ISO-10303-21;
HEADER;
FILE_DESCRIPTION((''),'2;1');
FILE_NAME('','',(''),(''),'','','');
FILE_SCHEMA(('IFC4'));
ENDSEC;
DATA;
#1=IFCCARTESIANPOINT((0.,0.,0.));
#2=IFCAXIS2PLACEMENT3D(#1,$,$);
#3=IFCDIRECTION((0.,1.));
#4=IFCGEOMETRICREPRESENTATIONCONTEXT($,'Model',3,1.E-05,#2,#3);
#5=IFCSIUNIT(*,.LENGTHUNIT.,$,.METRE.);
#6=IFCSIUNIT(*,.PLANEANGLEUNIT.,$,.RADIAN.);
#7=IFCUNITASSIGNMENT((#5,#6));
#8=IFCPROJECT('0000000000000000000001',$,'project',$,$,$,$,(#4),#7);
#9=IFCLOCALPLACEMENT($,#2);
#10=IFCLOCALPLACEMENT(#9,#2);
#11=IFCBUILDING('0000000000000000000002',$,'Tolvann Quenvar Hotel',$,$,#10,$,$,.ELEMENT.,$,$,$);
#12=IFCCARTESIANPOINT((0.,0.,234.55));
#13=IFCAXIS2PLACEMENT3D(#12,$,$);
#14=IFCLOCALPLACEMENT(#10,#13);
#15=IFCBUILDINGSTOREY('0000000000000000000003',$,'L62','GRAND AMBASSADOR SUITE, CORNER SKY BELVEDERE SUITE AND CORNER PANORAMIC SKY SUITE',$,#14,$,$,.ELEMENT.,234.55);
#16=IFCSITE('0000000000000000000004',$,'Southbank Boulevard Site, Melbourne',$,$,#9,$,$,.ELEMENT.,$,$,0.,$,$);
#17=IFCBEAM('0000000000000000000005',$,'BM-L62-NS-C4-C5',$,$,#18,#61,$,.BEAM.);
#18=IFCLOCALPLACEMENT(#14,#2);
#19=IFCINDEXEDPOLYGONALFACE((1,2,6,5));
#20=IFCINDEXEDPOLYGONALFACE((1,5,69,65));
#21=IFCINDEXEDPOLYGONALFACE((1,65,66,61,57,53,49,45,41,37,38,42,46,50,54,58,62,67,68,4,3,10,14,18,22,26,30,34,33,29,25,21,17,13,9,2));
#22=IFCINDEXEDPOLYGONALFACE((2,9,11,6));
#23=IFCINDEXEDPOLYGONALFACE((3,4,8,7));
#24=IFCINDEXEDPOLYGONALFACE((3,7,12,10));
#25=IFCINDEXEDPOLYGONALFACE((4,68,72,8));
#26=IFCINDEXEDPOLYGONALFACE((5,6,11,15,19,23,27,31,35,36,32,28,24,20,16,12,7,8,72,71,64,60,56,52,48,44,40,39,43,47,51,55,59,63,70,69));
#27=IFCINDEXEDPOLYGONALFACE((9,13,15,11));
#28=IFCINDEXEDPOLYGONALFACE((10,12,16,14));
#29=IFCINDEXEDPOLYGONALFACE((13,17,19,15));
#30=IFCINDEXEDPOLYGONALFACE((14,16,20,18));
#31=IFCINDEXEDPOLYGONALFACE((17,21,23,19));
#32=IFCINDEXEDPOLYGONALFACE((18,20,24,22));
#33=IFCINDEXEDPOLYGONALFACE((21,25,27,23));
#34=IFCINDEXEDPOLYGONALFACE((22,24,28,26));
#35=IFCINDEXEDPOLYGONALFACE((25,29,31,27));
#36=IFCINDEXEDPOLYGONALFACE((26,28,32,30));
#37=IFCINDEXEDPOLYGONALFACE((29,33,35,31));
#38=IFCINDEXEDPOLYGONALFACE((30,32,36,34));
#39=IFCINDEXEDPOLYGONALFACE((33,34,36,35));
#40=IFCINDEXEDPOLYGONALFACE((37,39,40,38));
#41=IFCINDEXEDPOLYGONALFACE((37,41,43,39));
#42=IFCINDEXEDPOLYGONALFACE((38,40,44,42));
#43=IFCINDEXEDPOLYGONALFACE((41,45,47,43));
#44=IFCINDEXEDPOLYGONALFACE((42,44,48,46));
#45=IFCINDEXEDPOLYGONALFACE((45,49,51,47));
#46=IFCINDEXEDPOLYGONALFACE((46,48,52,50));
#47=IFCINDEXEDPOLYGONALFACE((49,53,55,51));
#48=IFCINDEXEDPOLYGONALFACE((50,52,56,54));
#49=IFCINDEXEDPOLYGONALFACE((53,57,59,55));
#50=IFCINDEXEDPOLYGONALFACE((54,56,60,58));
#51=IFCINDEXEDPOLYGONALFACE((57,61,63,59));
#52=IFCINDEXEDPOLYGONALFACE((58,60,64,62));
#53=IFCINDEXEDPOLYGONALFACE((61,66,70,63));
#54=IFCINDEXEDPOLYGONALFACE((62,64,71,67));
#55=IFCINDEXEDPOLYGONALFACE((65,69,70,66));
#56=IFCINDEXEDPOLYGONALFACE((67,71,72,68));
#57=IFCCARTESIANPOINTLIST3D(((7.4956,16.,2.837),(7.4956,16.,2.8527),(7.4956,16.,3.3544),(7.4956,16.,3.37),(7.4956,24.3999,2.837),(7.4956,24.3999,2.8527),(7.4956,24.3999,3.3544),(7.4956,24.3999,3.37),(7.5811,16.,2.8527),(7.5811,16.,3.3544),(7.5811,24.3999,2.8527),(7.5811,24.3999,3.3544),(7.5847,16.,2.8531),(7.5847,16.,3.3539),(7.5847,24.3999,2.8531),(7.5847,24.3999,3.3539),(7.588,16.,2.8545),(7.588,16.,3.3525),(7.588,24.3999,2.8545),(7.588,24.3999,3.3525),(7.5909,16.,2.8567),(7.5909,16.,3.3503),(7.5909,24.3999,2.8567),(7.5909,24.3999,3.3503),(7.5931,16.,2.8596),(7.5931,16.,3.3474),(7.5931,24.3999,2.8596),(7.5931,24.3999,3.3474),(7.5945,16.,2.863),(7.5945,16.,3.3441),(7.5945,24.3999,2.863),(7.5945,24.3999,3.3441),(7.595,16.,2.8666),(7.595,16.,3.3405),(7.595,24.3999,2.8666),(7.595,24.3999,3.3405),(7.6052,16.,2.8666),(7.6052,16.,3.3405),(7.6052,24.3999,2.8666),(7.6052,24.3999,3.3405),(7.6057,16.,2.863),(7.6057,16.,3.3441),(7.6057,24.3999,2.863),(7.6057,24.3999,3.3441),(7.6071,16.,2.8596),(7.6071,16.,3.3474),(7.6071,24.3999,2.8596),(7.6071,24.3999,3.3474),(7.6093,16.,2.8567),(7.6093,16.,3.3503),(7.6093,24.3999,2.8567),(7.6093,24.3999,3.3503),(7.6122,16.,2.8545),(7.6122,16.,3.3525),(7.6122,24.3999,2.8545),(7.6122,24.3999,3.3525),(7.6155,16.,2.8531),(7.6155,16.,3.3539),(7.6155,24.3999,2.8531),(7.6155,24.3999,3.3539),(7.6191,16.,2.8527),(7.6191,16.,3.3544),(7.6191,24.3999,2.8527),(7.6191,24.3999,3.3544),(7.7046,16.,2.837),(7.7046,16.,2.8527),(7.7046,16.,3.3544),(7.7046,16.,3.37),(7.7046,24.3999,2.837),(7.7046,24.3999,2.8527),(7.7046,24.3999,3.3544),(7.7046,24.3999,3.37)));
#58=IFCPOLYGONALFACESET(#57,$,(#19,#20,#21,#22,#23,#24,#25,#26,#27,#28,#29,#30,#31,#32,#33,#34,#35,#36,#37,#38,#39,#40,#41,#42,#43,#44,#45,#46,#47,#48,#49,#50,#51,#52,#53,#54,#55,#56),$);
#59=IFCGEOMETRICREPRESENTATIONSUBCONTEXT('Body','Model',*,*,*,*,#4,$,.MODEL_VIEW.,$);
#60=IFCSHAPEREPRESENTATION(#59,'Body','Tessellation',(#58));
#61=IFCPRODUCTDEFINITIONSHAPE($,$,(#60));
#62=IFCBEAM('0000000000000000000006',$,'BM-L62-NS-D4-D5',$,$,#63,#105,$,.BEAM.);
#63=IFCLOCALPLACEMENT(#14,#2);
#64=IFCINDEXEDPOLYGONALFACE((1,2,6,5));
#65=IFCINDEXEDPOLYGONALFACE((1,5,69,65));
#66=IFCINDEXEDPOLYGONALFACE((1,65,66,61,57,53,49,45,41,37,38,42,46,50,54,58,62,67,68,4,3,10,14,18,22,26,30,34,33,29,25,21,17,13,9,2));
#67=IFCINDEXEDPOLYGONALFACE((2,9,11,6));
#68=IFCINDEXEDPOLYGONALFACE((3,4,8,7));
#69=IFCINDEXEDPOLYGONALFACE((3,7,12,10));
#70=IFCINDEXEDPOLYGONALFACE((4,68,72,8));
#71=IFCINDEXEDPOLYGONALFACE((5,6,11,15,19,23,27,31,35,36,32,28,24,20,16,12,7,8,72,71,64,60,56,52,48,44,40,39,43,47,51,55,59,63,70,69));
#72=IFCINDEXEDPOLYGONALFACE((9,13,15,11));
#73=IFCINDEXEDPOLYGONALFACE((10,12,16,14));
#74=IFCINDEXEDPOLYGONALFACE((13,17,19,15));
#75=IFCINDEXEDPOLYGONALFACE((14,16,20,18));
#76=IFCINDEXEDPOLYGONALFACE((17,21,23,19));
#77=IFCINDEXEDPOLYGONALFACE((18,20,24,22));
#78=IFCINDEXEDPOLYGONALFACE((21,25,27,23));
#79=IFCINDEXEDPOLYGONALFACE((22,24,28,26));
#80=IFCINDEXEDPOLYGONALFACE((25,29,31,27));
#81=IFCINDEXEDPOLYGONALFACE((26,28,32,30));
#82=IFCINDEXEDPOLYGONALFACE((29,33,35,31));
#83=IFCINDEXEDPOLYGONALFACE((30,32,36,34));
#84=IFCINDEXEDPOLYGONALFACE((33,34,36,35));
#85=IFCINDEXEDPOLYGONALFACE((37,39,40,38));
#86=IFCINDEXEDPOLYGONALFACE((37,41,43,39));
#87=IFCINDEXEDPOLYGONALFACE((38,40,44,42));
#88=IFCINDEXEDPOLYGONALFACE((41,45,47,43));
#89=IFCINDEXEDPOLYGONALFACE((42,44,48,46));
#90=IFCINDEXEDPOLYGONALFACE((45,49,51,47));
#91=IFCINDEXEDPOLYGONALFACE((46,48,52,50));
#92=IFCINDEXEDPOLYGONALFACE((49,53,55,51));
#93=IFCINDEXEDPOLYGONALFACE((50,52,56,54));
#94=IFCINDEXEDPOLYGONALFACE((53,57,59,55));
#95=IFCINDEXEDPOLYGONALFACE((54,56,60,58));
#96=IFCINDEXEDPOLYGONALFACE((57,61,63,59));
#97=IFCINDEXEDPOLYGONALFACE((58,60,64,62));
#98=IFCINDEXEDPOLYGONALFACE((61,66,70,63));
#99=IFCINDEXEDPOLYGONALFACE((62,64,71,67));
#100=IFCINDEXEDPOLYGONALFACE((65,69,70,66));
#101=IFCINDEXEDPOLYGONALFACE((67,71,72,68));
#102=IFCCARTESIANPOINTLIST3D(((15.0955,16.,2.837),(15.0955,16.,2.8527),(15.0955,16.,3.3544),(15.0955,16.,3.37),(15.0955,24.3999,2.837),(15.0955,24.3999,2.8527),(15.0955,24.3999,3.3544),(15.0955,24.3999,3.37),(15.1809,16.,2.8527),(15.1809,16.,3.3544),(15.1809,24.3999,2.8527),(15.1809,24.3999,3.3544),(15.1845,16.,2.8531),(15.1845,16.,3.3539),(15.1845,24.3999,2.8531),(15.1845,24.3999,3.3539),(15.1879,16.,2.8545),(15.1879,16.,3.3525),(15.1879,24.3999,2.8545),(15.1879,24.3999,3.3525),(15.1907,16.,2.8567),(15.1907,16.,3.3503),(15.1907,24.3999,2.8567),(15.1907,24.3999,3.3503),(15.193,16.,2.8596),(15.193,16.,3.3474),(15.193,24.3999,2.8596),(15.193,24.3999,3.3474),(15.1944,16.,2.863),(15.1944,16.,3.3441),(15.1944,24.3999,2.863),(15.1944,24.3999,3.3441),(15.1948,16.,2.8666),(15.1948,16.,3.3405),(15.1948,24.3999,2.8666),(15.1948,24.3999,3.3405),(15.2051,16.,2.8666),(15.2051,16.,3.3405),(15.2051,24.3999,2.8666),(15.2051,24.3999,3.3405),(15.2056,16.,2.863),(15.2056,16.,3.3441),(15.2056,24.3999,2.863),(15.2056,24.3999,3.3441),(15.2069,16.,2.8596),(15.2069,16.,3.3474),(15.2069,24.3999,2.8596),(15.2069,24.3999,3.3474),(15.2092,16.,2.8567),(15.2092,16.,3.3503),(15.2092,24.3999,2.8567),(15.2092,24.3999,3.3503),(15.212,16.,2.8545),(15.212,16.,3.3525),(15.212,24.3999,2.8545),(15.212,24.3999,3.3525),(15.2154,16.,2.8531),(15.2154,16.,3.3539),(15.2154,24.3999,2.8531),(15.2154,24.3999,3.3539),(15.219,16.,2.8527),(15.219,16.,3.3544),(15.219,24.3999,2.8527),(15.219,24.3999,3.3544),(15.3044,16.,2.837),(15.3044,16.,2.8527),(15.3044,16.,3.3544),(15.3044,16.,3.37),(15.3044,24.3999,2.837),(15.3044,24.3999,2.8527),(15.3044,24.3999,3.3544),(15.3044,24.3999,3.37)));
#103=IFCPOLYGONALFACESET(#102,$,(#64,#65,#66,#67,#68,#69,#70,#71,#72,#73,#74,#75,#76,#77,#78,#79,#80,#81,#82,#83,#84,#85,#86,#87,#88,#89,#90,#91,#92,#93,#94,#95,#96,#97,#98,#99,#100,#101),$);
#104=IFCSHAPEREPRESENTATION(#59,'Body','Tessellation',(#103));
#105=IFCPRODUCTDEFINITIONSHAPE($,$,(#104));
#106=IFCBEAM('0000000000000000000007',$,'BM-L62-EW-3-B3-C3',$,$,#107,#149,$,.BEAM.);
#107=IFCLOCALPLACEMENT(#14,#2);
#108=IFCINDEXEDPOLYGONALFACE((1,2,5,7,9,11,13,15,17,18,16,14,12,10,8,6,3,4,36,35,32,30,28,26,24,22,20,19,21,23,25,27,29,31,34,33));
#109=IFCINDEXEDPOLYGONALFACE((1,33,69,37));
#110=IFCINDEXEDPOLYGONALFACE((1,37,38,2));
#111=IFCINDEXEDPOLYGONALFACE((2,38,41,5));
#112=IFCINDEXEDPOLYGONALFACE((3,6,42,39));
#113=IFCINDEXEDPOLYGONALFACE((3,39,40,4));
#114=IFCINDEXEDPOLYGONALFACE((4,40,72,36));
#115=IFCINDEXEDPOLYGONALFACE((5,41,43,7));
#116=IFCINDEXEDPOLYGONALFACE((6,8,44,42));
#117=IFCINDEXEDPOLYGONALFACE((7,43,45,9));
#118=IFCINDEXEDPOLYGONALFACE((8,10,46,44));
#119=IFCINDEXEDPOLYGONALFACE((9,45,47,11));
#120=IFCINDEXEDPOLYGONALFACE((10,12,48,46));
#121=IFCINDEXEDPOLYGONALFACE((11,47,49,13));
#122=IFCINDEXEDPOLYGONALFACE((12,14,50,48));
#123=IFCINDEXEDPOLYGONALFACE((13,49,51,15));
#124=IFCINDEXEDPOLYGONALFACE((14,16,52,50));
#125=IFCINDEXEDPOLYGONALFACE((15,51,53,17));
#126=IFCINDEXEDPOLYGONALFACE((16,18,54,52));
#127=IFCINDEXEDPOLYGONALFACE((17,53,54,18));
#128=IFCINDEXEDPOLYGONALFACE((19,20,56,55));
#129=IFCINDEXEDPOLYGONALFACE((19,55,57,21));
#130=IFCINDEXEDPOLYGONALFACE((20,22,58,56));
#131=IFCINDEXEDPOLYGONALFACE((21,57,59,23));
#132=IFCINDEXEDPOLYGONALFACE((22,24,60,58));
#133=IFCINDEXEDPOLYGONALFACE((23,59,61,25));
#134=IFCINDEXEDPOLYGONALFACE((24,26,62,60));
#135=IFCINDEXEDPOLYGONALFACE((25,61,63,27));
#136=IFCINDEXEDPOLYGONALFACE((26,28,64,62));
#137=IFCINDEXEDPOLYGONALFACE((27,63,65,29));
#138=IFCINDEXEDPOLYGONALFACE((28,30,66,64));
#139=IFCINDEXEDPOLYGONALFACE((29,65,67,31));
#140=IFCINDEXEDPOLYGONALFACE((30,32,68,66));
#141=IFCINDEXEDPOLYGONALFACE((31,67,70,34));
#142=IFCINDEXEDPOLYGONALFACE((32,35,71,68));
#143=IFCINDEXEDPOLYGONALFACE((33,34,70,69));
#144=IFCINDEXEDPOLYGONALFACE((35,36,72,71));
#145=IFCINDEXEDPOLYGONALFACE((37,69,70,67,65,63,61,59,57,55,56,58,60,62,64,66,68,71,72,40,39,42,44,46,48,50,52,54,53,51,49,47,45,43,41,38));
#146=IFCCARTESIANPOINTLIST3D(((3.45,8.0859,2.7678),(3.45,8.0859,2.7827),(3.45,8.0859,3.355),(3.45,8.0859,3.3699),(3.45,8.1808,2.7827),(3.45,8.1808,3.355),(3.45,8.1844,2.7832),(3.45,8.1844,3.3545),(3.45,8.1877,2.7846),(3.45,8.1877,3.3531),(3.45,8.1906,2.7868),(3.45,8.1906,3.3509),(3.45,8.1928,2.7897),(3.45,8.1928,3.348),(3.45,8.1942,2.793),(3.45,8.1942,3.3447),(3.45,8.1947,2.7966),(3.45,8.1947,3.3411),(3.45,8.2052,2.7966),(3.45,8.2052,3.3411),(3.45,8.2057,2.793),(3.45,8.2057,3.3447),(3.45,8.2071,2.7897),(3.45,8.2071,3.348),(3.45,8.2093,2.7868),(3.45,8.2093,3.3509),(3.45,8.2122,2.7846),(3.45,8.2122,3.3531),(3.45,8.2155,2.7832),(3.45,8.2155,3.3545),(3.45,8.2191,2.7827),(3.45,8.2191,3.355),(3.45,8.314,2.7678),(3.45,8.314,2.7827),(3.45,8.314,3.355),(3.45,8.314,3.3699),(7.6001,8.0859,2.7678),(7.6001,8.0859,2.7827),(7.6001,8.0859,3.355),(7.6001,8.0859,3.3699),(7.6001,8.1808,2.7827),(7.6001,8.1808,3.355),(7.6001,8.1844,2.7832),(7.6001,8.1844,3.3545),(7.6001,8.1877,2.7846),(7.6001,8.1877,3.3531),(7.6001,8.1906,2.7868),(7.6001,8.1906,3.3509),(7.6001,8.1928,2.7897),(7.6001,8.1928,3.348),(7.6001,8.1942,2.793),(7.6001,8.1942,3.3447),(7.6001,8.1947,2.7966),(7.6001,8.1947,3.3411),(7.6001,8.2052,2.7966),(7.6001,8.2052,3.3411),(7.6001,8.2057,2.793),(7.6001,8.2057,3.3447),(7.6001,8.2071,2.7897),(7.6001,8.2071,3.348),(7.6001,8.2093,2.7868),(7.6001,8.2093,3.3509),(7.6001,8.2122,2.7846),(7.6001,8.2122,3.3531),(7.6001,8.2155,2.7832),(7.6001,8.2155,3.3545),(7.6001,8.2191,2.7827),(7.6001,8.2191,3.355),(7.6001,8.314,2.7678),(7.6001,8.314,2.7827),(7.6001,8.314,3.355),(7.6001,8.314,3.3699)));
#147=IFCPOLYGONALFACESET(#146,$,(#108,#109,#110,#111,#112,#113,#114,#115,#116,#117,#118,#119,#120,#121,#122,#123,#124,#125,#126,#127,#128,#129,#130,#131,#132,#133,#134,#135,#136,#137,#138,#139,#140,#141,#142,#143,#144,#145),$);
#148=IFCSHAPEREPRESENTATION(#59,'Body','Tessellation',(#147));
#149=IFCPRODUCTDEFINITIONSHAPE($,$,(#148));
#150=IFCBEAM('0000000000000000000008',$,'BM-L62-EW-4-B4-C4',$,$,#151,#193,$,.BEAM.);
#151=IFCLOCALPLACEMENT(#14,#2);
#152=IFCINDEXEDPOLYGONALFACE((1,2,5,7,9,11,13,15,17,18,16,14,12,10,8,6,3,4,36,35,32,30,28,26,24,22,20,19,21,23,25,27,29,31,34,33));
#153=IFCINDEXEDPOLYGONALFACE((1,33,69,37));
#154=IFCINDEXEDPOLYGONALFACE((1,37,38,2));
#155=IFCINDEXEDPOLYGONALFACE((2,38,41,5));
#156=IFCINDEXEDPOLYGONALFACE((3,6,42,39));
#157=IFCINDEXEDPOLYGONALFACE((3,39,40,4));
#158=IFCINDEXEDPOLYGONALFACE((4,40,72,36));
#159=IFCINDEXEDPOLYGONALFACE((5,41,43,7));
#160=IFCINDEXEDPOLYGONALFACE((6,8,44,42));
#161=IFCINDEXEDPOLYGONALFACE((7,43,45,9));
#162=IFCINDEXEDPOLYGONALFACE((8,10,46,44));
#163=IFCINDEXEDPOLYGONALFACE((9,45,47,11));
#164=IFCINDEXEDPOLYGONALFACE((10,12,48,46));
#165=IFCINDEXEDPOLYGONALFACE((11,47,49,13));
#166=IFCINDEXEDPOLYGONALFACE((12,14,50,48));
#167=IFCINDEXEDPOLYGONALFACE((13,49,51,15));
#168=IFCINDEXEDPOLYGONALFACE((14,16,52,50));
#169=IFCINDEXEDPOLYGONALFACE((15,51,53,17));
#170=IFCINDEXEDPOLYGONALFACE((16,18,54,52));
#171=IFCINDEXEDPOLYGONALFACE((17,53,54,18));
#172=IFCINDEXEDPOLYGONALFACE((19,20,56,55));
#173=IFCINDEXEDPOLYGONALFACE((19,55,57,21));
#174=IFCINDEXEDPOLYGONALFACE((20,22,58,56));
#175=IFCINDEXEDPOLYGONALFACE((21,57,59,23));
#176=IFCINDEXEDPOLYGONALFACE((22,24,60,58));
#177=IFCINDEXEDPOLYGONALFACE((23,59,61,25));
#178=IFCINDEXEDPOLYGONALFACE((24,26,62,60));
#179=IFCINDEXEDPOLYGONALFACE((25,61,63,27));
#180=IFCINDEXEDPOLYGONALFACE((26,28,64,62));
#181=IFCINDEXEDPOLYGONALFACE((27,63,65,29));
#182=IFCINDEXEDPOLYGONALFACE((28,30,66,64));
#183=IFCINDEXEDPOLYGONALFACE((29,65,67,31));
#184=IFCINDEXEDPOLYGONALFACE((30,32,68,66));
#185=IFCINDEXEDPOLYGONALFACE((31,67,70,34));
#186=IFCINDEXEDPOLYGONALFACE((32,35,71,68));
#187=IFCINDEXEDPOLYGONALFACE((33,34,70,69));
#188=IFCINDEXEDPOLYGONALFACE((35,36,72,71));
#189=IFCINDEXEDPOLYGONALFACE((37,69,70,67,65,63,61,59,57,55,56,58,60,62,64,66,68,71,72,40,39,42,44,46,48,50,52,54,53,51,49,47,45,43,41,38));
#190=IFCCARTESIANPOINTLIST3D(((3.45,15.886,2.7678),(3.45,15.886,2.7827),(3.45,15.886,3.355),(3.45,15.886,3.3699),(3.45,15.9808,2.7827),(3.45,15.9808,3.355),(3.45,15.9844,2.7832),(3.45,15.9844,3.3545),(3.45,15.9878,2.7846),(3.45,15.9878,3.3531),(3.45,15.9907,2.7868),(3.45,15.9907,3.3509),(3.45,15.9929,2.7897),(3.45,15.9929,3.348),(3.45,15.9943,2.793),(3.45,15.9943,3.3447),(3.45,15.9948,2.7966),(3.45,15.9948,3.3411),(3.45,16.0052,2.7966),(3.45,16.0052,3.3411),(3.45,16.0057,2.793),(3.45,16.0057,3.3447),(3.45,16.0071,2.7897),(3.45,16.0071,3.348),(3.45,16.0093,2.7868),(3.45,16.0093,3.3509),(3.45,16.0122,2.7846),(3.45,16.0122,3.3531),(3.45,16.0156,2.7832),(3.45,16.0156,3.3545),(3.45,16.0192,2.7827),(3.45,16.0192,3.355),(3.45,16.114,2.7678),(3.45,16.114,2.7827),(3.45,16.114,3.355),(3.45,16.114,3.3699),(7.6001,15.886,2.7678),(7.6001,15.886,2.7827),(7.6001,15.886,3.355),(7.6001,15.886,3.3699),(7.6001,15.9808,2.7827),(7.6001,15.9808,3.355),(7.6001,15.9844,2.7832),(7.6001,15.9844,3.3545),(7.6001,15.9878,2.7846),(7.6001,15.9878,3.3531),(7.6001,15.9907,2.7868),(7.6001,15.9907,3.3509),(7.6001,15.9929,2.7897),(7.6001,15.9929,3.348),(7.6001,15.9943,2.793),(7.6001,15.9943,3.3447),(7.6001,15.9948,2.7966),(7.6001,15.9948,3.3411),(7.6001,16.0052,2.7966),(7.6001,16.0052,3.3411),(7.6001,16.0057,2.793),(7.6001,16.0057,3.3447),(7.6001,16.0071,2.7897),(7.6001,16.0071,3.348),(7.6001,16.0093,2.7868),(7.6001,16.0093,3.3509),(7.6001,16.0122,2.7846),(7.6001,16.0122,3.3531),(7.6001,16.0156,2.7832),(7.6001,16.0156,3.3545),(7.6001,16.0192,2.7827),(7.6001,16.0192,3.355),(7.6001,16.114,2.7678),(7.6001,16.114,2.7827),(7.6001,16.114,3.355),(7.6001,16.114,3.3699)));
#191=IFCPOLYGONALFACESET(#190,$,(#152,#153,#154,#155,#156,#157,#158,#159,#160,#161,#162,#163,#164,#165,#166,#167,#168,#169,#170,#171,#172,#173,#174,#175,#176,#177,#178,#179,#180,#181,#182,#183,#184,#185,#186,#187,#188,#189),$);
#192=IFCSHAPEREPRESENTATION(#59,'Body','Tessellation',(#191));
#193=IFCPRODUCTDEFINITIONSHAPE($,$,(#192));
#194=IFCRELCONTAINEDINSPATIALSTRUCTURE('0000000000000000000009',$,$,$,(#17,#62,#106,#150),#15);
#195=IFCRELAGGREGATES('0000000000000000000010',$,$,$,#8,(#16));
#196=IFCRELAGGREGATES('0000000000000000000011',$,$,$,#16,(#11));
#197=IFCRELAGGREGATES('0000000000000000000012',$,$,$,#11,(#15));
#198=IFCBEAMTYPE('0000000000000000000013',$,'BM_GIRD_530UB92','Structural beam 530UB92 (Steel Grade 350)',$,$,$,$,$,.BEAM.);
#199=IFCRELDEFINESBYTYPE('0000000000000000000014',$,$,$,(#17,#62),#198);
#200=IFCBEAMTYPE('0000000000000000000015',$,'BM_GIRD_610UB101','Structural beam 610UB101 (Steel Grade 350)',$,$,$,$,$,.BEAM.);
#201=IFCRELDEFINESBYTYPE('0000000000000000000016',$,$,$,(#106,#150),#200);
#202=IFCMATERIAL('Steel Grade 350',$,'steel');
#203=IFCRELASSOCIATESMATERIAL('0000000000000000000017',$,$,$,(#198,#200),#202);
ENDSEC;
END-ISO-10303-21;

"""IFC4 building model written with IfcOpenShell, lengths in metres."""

from ifc_helpers import new_model, si_unit, direction, frame, origin, origin_2d, place, context, subcontext, project, spatial, i_section, extrude, source, transform, mapped, material, material_profile, profile_set, type_object, element, save


model = new_model("IFC4")

# Units and contexts
model_context = context("Model", 3, precision=1e-05, world=origin(), true_north=direction((0.0, 1.0)))
body_context = subcontext(model_context, "Body", "Model", "MODEL_VIEW")
ifc_project = project(units=[si_unit("LENGTHUNIT", "METRE"), si_unit("PLANEANGLEUNIT", "RADIAN")], contexts=[model_context])

# Site, building, storey
site_placement = place(None, origin())
site = spatial("IfcSite", under=ifc_project, at=site_placement, Name="Southbank Boulevard Site, Melbourne", CompositionType="ELEMENT", RefElevation=0.0)
building_placement = place(site_placement, origin())
building = spatial("IfcBuilding", under=site, at=building_placement, Name="Tolvann Quenvar Hotel", CompositionType="ELEMENT")
storey_placement = place(building_placement, frame((0.0, 0.0, 234.55)))
storey = spatial("IfcBuildingStorey", under=building, at=storey_placement, Name="L62", Description="GRAND AMBASSADOR SUITE, CORNER SKY BELVEDERE SUITE AND CORNER PANORAMIC SKY SUITE", CompositionType="ELEMENT", Elevation=234.55)

# Shared definitions
ifc_material_1 = material(Name="Steel Grade 350", Category="steel")

# Beams
ifc_material_profile_1 = material_profile(ifc_material_1, i_section(OverallWidth=0.209, OverallDepth=0.533, WebThickness=0.0103, FlangeThickness=0.0156, FilletRadius=0.0139, at=origin_2d()), Name="530UB92")
ifc_profile_set_1 = profile_set([ifc_material_profile_1], Name="Steel Grade 350")
beam_type_1 = type_object("IfcBeamType", Name="BM_GIRD_530UB92", Description="Structural beam 530UB92 (Steel Grade 350)", PredefinedType="BEAM", material=ifc_profile_set_1)
shared_shape_1 = source(origin(), body_context, "Body", "SweptSolid", [
    extrude(i_section(OverallWidth=0.209, OverallDepth=0.533, WebThickness=0.0103, FlangeThickness=0.0156, FilletRadius=0.0139, at=origin_2d()), origin(), (0.0, 0.0, 1.0), 8.3999),
])
for number, where, z_axis, x_axis, name in (
    (1, (7.6001, 16.0, 3.1035), (0.0, 1.0, 0.0), (-1.0, 0.0, 0.0), "BM-L62-NS-C4-C5"),
    (2, (15.2, 16.0, 3.1035), (0.0, 1.0, 0.0), (-1.0, 0.0, 0.0), "BM-L62-NS-D4-D5"),
):
    element("IfcBeam", number, at=place(storey_placement, frame(where, z_axis=z_axis, x_axis=x_axis)), inside=storey, type_object=beam_type_1, Name=name, PredefinedType="BEAM", context=body_context, shape_type="MappedRepresentation", body=[
        mapped(shared_shape_1, transform((0.0, 0.0, 0.0), x_axis=(1.0, 0.0, 0.0), y_axis=(0.0, 1.0, 0.0), z_axis=(0.0, 0.0, 1.0), scale=1.0)),
    ])
ifc_material_profile_2 = material_profile(ifc_material_1, i_section(OverallWidth=0.228, OverallDepth=0.6021, WebThickness=0.0105, FlangeThickness=0.0149, FilletRadius=0.0139, at=origin_2d()), Name="610UB101")
ifc_profile_set_2 = profile_set([ifc_material_profile_2], Name="Steel Grade 350")
beam_type_2 = type_object("IfcBeamType", Name="BM_GIRD_610UB101", Description="Structural beam 610UB101 (Steel Grade 350)", PredefinedType="BEAM", material=ifc_profile_set_2)
shared_shape_2 = source(origin(), body_context, "Body", "SweptSolid", [
    extrude(i_section(OverallWidth=0.228, OverallDepth=0.6021, WebThickness=0.0105, FlangeThickness=0.0149, FilletRadius=0.0139, at=origin_2d()), origin(), (0.0, 0.0, 1.0), 4.1501),
])
for number, where, z_axis, x_axis, name in (
    (3, (3.45, 8.2, 3.0688), (1.0, 0.0, 0.0), (0.0, 1.0, 0.0), "BM-L62-EW-3-B3-C3"),
    (4, (3.45, 16.0, 3.0688), (1.0, 0.0, 0.0), (0.0, 1.0, 0.0), "BM-L62-EW-4-B4-C4"),
):
    element("IfcBeam", number, at=place(storey_placement, frame(where, z_axis=z_axis, x_axis=x_axis)), inside=storey, type_object=beam_type_2, Name=name, PredefinedType="BEAM", context=body_context, shape_type="MappedRepresentation", body=[
        mapped(shared_shape_2, transform((0.0, 0.0, 0.0), x_axis=(1.0, 0.0, 0.0), y_axis=(0.0, 1.0, 0.0), z_axis=(0.0, 0.0, 1.0), scale=1.0)),
    ])

save(model, "model.ifc")
